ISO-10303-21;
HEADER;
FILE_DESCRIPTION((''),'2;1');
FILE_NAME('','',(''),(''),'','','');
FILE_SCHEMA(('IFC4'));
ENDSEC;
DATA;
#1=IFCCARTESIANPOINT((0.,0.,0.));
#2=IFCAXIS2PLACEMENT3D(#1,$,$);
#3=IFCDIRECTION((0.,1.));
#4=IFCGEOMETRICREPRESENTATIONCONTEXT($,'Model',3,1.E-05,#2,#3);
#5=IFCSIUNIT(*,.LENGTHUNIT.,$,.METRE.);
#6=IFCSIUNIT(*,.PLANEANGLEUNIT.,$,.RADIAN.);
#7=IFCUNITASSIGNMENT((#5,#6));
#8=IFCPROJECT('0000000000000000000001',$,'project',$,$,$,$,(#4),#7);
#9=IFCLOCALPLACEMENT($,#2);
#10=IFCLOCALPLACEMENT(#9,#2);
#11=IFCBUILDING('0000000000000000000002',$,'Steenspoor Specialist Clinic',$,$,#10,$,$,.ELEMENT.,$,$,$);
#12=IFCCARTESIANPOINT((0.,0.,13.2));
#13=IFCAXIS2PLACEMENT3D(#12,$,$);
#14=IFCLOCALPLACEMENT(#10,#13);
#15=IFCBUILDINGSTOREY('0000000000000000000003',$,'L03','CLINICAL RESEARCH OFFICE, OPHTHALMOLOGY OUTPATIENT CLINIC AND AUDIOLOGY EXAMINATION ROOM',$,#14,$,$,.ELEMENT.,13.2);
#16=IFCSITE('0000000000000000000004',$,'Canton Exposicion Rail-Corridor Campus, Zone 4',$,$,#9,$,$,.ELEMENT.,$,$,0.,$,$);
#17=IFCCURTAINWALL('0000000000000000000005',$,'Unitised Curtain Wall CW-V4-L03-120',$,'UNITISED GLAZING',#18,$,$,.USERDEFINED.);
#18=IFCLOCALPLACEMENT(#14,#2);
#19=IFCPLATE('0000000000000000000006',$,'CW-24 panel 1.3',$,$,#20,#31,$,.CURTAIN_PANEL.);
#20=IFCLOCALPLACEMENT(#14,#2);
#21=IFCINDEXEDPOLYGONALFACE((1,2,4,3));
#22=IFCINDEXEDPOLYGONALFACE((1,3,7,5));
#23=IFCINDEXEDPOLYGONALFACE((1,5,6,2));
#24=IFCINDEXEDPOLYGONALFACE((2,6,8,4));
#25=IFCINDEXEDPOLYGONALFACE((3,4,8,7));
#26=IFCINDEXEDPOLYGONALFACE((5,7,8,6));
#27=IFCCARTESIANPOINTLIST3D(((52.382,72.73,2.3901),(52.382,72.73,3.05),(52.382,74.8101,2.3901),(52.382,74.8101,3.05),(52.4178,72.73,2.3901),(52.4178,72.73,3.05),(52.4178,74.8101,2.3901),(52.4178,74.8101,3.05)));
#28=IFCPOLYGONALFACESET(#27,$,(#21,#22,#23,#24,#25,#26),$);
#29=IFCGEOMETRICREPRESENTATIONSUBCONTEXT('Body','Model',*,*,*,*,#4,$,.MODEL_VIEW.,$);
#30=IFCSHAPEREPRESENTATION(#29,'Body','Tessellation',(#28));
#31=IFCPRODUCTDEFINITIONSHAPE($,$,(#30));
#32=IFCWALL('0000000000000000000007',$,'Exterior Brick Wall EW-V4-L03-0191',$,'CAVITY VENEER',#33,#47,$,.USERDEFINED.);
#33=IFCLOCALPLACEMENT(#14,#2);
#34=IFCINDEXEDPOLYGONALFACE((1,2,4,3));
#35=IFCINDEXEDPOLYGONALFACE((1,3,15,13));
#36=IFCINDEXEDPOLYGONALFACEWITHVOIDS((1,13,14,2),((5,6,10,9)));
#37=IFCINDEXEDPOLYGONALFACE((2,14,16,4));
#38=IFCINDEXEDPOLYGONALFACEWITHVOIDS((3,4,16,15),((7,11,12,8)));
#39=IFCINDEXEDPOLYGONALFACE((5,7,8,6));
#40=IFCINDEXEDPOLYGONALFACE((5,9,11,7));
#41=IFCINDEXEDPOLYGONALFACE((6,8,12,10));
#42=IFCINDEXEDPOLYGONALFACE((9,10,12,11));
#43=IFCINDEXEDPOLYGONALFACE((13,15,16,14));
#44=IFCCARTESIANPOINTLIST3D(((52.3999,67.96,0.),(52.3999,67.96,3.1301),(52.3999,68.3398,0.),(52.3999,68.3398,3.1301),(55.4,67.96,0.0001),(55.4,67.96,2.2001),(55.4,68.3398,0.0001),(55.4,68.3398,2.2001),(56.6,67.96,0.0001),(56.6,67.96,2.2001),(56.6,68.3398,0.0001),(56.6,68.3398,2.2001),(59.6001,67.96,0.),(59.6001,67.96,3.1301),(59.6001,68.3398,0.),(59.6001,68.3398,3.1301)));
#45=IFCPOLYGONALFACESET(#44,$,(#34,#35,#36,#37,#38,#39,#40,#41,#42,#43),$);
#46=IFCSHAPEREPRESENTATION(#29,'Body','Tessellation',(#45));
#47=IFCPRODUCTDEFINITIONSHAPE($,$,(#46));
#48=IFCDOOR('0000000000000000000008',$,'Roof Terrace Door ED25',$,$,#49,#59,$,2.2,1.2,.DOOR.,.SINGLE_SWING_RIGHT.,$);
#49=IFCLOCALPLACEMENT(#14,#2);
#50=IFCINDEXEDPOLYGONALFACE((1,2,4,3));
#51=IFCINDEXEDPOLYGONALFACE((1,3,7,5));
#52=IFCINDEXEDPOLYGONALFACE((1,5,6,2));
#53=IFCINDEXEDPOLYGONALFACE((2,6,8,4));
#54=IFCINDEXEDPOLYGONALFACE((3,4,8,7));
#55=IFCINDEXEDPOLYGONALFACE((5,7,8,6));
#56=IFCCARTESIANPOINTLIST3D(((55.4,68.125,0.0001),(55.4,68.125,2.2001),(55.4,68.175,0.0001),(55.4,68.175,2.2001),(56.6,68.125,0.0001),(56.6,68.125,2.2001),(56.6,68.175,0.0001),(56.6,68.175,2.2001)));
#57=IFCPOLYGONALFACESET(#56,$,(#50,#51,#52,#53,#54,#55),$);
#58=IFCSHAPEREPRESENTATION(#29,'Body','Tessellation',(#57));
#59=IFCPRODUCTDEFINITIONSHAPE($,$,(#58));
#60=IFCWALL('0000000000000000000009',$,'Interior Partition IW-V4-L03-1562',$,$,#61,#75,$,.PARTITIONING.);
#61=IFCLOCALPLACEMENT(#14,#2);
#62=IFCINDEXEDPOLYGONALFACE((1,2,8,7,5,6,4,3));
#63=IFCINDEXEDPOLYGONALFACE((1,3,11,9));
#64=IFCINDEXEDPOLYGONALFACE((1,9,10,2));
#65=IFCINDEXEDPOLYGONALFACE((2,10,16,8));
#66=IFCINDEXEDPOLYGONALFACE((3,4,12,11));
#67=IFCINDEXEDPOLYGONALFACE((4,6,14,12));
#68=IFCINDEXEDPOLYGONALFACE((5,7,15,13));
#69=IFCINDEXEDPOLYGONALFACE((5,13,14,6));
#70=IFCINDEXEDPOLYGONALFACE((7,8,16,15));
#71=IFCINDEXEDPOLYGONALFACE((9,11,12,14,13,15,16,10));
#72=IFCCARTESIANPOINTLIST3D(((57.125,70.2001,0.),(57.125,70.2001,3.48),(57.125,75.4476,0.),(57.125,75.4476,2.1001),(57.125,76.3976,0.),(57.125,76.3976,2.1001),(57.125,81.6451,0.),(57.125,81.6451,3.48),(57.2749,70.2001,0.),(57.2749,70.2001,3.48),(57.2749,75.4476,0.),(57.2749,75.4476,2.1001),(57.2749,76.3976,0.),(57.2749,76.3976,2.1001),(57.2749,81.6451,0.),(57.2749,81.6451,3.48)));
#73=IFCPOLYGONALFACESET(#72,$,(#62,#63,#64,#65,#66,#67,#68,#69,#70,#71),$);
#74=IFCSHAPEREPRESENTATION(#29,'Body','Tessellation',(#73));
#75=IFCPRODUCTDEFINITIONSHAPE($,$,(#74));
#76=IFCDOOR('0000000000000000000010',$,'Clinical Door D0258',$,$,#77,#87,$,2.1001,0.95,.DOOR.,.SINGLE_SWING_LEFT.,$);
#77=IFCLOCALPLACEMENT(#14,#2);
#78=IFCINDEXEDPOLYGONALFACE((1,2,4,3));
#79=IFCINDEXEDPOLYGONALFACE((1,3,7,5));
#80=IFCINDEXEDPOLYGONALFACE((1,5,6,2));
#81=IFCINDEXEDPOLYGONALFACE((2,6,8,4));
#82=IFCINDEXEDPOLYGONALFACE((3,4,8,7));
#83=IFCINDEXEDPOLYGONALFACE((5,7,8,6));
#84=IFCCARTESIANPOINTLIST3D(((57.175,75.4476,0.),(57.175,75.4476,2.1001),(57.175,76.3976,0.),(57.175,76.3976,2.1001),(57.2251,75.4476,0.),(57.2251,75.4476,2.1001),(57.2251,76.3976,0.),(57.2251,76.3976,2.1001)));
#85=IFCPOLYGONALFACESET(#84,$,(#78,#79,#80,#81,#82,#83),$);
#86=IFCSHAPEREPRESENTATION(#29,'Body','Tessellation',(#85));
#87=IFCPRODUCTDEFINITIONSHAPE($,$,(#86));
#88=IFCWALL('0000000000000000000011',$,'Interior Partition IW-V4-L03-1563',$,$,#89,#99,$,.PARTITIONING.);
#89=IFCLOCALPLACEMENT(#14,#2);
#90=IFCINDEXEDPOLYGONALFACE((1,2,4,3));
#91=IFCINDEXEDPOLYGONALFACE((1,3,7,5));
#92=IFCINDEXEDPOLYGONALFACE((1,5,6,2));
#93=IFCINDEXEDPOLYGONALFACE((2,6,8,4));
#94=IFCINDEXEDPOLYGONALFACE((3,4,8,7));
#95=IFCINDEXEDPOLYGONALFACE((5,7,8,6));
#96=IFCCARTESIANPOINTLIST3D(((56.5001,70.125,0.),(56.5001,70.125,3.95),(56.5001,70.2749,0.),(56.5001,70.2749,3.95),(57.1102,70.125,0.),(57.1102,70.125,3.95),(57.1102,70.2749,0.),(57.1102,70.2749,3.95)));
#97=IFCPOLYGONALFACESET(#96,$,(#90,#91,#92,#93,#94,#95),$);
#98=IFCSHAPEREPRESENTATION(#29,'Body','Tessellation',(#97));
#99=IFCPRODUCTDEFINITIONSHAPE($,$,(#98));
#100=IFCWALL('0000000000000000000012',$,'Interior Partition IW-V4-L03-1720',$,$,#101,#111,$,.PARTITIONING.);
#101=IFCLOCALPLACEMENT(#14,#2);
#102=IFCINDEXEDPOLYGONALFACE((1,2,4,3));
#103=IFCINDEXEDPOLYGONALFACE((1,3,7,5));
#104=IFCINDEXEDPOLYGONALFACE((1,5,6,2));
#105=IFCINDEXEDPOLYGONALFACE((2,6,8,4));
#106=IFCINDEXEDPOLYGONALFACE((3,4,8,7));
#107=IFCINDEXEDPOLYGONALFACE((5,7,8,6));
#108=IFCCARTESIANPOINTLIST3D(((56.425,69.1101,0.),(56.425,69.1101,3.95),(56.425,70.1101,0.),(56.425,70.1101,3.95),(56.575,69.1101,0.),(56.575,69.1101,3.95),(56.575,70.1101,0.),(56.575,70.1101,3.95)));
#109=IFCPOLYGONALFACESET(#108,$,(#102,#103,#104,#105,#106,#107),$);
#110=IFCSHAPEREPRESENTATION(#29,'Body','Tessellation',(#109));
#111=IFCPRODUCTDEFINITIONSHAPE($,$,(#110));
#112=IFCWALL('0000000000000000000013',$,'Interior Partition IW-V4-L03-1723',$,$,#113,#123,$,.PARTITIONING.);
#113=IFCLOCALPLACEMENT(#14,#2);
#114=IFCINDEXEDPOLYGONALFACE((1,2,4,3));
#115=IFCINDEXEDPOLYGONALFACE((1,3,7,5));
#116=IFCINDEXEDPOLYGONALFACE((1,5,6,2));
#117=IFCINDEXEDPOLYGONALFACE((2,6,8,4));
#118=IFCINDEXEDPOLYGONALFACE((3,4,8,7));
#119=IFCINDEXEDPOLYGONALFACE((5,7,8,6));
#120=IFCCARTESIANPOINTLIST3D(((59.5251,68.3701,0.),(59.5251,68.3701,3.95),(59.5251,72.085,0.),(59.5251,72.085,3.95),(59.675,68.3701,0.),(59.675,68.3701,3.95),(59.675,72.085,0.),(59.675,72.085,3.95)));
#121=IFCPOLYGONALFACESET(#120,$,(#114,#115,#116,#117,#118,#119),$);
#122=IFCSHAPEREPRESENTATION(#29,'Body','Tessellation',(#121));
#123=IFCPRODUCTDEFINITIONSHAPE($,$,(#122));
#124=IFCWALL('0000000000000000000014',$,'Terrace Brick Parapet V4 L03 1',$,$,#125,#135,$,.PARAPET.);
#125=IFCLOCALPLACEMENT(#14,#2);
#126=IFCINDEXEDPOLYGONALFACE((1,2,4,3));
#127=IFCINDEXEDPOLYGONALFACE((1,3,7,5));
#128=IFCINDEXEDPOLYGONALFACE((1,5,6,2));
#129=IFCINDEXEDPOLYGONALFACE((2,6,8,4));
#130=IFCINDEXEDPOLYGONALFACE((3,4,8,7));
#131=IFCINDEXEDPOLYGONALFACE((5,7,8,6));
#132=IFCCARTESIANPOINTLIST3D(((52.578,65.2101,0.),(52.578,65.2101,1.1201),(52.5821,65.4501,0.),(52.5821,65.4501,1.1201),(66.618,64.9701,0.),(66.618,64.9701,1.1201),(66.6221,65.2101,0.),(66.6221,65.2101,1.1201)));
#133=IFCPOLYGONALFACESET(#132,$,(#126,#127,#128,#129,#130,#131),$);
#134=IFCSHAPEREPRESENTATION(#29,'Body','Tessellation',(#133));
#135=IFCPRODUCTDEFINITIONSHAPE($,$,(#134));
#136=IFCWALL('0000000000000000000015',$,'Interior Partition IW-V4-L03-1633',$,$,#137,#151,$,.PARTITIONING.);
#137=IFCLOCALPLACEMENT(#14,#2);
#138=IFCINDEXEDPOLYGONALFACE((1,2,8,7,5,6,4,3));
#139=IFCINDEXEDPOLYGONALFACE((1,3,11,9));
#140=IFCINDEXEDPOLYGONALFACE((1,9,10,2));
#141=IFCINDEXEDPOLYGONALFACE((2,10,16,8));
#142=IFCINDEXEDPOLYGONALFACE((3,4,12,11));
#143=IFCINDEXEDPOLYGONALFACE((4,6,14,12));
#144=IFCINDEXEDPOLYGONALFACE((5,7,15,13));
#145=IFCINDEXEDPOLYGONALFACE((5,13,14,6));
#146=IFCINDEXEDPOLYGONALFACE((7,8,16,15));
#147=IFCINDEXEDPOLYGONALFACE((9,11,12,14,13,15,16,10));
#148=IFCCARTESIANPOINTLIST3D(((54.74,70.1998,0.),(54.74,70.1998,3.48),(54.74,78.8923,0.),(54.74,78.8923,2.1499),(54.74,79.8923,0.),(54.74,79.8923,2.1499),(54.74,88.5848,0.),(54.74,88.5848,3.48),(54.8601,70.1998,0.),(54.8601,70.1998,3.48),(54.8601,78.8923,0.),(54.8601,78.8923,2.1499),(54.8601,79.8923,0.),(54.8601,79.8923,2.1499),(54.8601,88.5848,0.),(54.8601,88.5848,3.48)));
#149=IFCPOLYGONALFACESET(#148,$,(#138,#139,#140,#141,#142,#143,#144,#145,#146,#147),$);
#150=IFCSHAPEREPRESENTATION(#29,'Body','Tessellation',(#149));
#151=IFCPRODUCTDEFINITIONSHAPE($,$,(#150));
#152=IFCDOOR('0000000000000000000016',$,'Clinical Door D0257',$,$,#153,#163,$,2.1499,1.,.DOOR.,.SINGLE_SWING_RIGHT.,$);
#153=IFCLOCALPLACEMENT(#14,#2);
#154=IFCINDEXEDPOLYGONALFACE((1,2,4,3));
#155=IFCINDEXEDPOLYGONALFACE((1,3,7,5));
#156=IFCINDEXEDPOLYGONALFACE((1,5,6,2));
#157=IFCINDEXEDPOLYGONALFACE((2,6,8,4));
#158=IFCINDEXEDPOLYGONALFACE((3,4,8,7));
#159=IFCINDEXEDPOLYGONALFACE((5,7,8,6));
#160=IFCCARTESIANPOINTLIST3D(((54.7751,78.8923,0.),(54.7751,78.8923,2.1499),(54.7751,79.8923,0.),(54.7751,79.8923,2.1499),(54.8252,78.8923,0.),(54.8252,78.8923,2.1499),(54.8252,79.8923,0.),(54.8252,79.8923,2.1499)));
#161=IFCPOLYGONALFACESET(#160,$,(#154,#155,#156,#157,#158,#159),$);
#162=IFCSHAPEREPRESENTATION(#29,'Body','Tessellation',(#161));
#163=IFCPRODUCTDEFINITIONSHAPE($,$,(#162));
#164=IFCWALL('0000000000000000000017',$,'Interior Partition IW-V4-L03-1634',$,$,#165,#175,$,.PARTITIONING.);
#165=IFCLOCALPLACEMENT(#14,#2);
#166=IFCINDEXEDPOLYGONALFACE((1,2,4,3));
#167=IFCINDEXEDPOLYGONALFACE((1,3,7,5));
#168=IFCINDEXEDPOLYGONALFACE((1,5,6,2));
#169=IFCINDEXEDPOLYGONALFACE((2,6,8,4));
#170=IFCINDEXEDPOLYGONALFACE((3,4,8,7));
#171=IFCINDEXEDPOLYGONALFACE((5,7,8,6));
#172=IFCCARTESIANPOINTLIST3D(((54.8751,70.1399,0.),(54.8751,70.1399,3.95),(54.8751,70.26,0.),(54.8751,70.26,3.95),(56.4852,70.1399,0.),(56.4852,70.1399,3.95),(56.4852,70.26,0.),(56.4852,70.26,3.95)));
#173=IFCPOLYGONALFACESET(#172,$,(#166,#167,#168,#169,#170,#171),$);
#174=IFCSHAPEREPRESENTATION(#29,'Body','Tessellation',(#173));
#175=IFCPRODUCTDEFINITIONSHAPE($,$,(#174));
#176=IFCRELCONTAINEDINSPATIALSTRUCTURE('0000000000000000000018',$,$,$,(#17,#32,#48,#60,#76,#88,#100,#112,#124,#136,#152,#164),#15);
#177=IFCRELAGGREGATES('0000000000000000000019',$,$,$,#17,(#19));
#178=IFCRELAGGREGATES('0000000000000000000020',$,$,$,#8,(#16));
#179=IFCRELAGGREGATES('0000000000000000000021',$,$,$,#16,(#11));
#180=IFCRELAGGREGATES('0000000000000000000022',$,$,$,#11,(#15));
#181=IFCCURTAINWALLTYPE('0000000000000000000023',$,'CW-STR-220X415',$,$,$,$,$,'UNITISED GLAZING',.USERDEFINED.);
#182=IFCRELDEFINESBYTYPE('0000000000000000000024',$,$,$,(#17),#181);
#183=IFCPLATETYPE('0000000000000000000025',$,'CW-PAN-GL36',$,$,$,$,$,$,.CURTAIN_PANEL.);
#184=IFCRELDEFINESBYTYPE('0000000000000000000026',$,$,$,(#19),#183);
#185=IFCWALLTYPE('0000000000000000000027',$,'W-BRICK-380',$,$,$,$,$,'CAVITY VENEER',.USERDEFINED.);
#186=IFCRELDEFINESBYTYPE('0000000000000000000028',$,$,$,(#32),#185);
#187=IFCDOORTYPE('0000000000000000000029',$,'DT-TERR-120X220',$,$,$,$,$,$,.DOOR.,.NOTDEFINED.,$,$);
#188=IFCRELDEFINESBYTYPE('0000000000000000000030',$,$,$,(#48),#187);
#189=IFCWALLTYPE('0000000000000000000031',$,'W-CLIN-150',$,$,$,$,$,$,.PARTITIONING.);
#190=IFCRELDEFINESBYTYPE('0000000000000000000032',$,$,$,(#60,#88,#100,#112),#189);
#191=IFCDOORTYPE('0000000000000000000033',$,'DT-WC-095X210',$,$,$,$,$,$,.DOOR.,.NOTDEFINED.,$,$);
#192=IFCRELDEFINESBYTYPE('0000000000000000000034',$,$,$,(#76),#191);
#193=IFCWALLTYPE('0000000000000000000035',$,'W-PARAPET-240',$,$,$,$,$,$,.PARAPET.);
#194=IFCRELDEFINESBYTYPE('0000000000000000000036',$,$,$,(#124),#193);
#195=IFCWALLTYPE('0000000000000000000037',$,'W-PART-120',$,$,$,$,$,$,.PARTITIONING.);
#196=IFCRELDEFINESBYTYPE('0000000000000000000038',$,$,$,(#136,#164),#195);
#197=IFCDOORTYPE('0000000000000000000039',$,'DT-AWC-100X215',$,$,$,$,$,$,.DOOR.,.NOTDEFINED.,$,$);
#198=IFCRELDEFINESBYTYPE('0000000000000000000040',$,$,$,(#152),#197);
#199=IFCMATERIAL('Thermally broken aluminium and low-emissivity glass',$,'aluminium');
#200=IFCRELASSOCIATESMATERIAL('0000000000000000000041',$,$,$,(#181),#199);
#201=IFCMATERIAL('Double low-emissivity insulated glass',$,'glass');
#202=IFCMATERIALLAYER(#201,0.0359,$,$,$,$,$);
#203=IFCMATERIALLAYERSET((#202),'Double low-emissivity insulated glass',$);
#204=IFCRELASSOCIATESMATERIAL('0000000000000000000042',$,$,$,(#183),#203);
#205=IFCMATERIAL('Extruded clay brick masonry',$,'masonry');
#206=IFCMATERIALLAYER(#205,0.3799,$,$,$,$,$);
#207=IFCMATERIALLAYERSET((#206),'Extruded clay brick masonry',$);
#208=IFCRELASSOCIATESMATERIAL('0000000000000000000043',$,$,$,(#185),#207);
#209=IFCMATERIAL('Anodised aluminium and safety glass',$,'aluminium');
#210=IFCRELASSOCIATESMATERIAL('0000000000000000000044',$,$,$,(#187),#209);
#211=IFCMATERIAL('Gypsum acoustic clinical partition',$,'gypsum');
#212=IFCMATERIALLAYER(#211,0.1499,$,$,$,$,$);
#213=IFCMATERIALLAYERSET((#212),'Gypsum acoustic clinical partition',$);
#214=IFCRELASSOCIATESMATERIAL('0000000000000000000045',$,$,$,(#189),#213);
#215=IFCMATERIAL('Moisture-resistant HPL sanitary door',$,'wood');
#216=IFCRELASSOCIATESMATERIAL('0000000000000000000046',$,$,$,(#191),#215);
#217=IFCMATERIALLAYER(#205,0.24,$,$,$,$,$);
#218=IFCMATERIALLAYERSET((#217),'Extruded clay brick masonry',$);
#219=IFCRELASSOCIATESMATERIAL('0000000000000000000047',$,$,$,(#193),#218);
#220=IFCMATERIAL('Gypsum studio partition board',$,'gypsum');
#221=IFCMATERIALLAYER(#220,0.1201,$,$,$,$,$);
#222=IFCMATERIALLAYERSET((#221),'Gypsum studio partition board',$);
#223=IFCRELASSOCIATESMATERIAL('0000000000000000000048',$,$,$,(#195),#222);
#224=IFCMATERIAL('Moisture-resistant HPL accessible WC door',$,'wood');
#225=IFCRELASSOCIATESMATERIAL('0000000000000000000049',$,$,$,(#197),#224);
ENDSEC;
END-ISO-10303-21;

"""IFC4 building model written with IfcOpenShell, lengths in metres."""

from ifc_helpers import new_model, si_unit, direction, frame, frame_2d, origin, origin_2d, place, context, subcontext, project, spatial, rectangle, extrude, material, layer, layer_set, type_object, element, fill, aggregate, save


model = new_model("IFC4")

# Units and contexts
model_context = context("Model", 3, precision=1e-05, world=origin(), true_north=direction((0.0, 1.0)))
body_context = subcontext(model_context, "Body", "Model", "MODEL_VIEW")
ifc_project = project(units=[si_unit("LENGTHUNIT", "METRE"), si_unit("PLANEANGLEUNIT", "RADIAN")], contexts=[model_context])

# Site, building, storey
site_placement = place(None, origin())
site = spatial("IfcSite", under=ifc_project, at=site_placement, Name="Canton Exposicion Rail-Corridor Campus, Zone 4", CompositionType="ELEMENT", RefElevation=0.0)
building_placement = place(site_placement, origin())
building = spatial("IfcBuilding", under=site, at=building_placement, Name="Steenspoor Specialist Clinic", CompositionType="ELEMENT")
storey_placement = place(building_placement, frame((0.0, 0.0, 13.2)))
storey = spatial("IfcBuildingStorey", under=building, at=storey_placement, Name="L03", Description="CLINICAL RESEARCH OFFICE, OPHTHALMOLOGY OUTPATIENT CLINIC AND AUDIOLOGY EXAMINATION ROOM", CompositionType="ELEMENT", Elevation=13.2)

# Curtain wall
ifc_material_1 = material(Name="Thermally broken aluminium and low-emissivity glass", Category="aluminium")
curtain_wall_type = type_object("IfcCurtainWallType", Name="CW-STR-220X415", ElementType="UNITISED GLAZING", PredefinedType="USERDEFINED", material=ifc_material_1)
curtain_wall_placement = place(storey_placement, origin())
curtain_wall = element("IfcCurtainWall", 1, at=curtain_wall_placement, inside=storey, type_object=curtain_wall_type, Name="Unitised Curtain Wall CW-V4-L03-120", ObjectType="UNITISED GLAZING", PredefinedType="USERDEFINED")

# Plate
ifc_material_2 = material(Name="Double low-emissivity insulated glass", Category="glass")
ifc_layer_1 = layer(ifc_material_2, 0.0359)
ifc_layer_set_1 = layer_set([ifc_layer_1], Name="Double low-emissivity insulated glass")
plate_type = type_object("IfcPlateType", Name="CW-PAN-GL36", PredefinedType="CURTAIN_PANEL", material=ifc_layer_set_1)
plate_1_placement = place(storey_placement, frame((52.3999, 73.77, 2.3901), z_axis=(0.0, 0.0, 1.0), x_axis=(0.0, 1.0, 0.0)))
plate_1 = element("IfcPlate", 2, at=plate_1_placement, type_object=plate_type, Name="CW-24 panel 1.3", PredefinedType="CURTAIN_PANEL", context=body_context, shape_type="SweptSolid", body=[
    extrude(rectangle(XDim=2.0801, YDim=0.0359, at=origin_2d()), origin(), (0.0, 0.0, 1.0), 0.6599),
])
aggregate(curtain_wall, [plate_1])

# Walls, openings, doors
ifc_material_3 = material(Name="Extruded clay brick masonry", Category="masonry")
ifc_layer_2 = layer(ifc_material_3, 0.3799)
ifc_layer_set_2 = layer_set([ifc_layer_2], Name="Extruded clay brick masonry")
wall_type_1 = type_object("IfcWallType", Name="W-BRICK-380", ElementType="CAVITY VENEER", PredefinedType="USERDEFINED", material=ifc_layer_set_2)
wall_1_placement = place(storey_placement, frame((59.6001, 68.1499, 0.0), z_axis=(0.0, 0.0, 1.0), x_axis=(-1.0, 0.0, 0.0)))
wall_1 = element("IfcWall", 3, at=wall_1_placement, inside=storey, type_object=wall_type_1, Name="Exterior Brick Wall EW-V4-L03-0191", ObjectType="CAVITY VENEER", PredefinedType="USERDEFINED", context=body_context, shape_type="SweptSolid", body=[
    extrude(rectangle(XDim=7.2002, YDim=0.3799, at=frame_2d((3.6001, 0.0))), origin(), (0.0, 0.0, 1.0), 3.1301),
])
opening_1_placement = place(wall_1_placement, frame((3.0, 0.0, 0.0)))
opening_1 = element("IfcOpeningElement", 4, at=opening_1_placement, cuts=wall_1, PredefinedType="OPENING", context=body_context, shape_type="SweptSolid", body=[
    extrude(rectangle(XDim=1.2, YDim=2.2, at=frame_2d((0.6001, 1.1001))), frame((0.0, 0.2, 0.0), z_axis=(0.0, -1.0, 0.0), x_axis=(1.0, 0.0, 0.0)), (0.0, 0.0, 1.0), 0.3999),
])
ifc_material_4 = material(Name="Anodised aluminium and safety glass", Category="aluminium")
door_type_1 = type_object("IfcDoorType", Name="DT-TERR-120X220", OperationType="NOTDEFINED", PredefinedType="DOOR", material=ifc_material_4)
door_1_placement = place(opening_1_placement, origin())
door_1 = element("IfcDoor", 5, at=door_1_placement, inside=storey, type_object=door_type_1, Name="Roof Terrace Door ED25", OperationType="SINGLE_SWING_RIGHT", OverallHeight=2.2, OverallWidth=1.2, PredefinedType="DOOR", context=body_context, shape_type="SweptSolid", body=[
    extrude(rectangle(XDim=1.2, YDim=2.2, at=frame_2d((0.6001, 1.1001))), frame((0.0, 0.0249, 0.0), z_axis=(0.0, -1.0, 0.0), x_axis=(1.0, 0.0, 0.0)), (0.0, 0.0, 1.0), 0.05),
])
fill(opening_1, door_1)
ifc_material_5 = material(Name="Gypsum acoustic clinical partition", Category="gypsum")
ifc_layer_3 = layer(ifc_material_5, 0.1499)
ifc_layer_set_3 = layer_set([ifc_layer_3], Name="Gypsum acoustic clinical partition")
wall_type_2 = type_object("IfcWallType", Name="W-CLIN-150", PredefinedType="PARTITIONING", material=ifc_layer_set_3)
wall_2_placement = place(storey_placement, frame((57.2, 70.2, 0.0), z_axis=(0.0, 0.0, 1.0), x_axis=(0.0, 1.0, 0.0)))
wall_2 = element("IfcWall", 6, at=wall_2_placement, inside=storey, type_object=wall_type_2, Name="Interior Partition IW-V4-L03-1562", PredefinedType="PARTITIONING", context=body_context, shape_type="SweptSolid", body=[
    extrude(rectangle(XDim=11.4451, YDim=0.1499, at=frame_2d((5.7227, 0.0))), origin(), (0.0, 0.0, 1.0), 3.48),
])
opening_2_placement = place(wall_2_placement, frame((5.2476, 0.0, 0.0)))
opening_2 = element("IfcOpeningElement", 7, at=opening_2_placement, cuts=wall_2, PredefinedType="OPENING", context=body_context, shape_type="SweptSolid", body=[
    extrude(rectangle(XDim=0.95, YDim=2.1001, at=frame_2d((0.4751, 1.05))), frame((0.0, 0.085, 0.0), z_axis=(0.0, -1.0, 0.0), x_axis=(1.0, 0.0, 0.0)), (0.0, 0.0, 1.0), 0.1699),
])
ifc_material_6 = material(Name="Moisture-resistant HPL sanitary door", Category="wood")
door_type_2 = type_object("IfcDoorType", Name="DT-WC-095X210", OperationType="NOTDEFINED", PredefinedType="DOOR", material=ifc_material_6)
door_2_placement = place(opening_2_placement, origin())
door_2 = element("IfcDoor", 8, at=door_2_placement, inside=storey, type_object=door_type_2, Name="Clinical Door D0258", OperationType="SINGLE_SWING_LEFT", OverallHeight=2.1001, OverallWidth=0.95, PredefinedType="DOOR", context=body_context, shape_type="SweptSolid", body=[
    extrude(rectangle(XDim=0.95, YDim=2.1001, at=frame_2d((0.4751, 1.05))), frame((0.0, 0.0249, 0.0), z_axis=(0.0, -1.0, 0.0), x_axis=(1.0, 0.0, 0.0)), (0.0, 0.0, 1.0), 0.05),
])
fill(opening_2, door_2)

# Walls
wall_3_placement = place(storey_placement, frame((56.5, 70.2, 0.0), z_axis=(0.0, 0.0, 1.0), x_axis=(1.0, 0.0, 0.0)))
element("IfcWall", 9, at=wall_3_placement, inside=storey, type_object=wall_type_2, Name="Interior Partition IW-V4-L03-1563", PredefinedType="PARTITIONING", context=body_context, shape_type="SweptSolid", body=[
    extrude(rectangle(XDim=0.6101, YDim=0.1499, at=frame_2d((0.3052, 0.0))), origin(), (0.0, 0.0, 1.0), 3.95),
])
wall_4_placement = place(storey_placement, frame((56.5, 69.1101, 0.0), z_axis=(0.0, 0.0, 1.0), x_axis=(0.0, 1.0, 0.0)))
element("IfcWall", 10, at=wall_4_placement, inside=storey, type_object=wall_type_2, Name="Interior Partition IW-V4-L03-1720", PredefinedType="PARTITIONING", context=body_context, shape_type="SweptSolid", body=[
    extrude(rectangle(XDim=1.0, YDim=0.1499, at=frame_2d((0.5, 0.0))), origin(), (0.0, 0.0, 1.0), 3.95),
])
wall_5_placement = place(storey_placement, frame((59.6001, 68.3701, 0.0), z_axis=(0.0, 0.0, 1.0), x_axis=(0.0, 1.0, 0.0)))
element("IfcWall", 11, at=wall_5_placement, inside=storey, type_object=wall_type_2, Name="Interior Partition IW-V4-L03-1723", PredefinedType="PARTITIONING", context=body_context, shape_type="SweptSolid", body=[
    extrude(rectangle(XDim=3.7148, YDim=0.1499, at=frame_2d((1.8574, 0.0))), origin(), (0.0, 0.0, 1.0), 3.95),
])
ifc_layer_4 = layer(ifc_material_3, 0.24)
ifc_layer_set_4 = layer_set([ifc_layer_4], Name="Extruded clay brick masonry")
wall_type_3 = type_object("IfcWallType", Name="W-PARAPET-240", PredefinedType="PARAPET", material=ifc_layer_set_4)
wall_6_placement = place(storey_placement, frame((52.5801, 65.3301, 0.0), z_axis=(0.0, 0.0, 1.0), x_axis=(0.999854, -0.017091, 0.0)))
element("IfcWall", 12, at=wall_6_placement, inside=storey, type_object=wall_type_3, Name="Terrace Brick Parapet V4 L03 1", PredefinedType="PARAPET", context=body_context, shape_type="SweptSolid", body=[
    extrude(rectangle(XDim=14.042, YDim=0.24, at=frame_2d((7.021, 0.0))), origin(), (0.0, 0.0, 1.0), 1.1201),
])

# Wall, opening, door
ifc_material_7 = material(Name="Gypsum studio partition board", Category="gypsum")
ifc_layer_5 = layer(ifc_material_7, 0.1201)
ifc_layer_set_5 = layer_set([ifc_layer_5], Name="Gypsum studio partition board")
wall_type_4 = type_object("IfcWallType", Name="W-PART-120", PredefinedType="PARTITIONING", material=ifc_layer_set_5)
wall_7_placement = place(storey_placement, frame((54.8, 70.2, 0.0), z_axis=(0.0, 0.0, 1.0), x_axis=(0.0, 1.0, 0.0)))
wall_7 = element("IfcWall", 13, at=wall_7_placement, inside=storey, type_object=wall_type_4, Name="Interior Partition IW-V4-L03-1633", PredefinedType="PARTITIONING", context=body_context, shape_type="SweptSolid", body=[
    extrude(rectangle(XDim=18.385, YDim=0.1201, at=frame_2d((9.1924, 0.0))), origin(), (0.0, 0.0, 1.0), 3.48),
])
opening_3_placement = place(wall_7_placement, frame((8.6924, 0.0, 0.0)))
opening_3 = element("IfcOpeningElement", 14, at=opening_3_placement, cuts=wall_7, PredefinedType="OPENING", context=body_context, shape_type="SweptSolid", body=[
    extrude(rectangle(XDim=1.0, YDim=2.1499, at=frame_2d((0.5, 1.075))), frame((0.0, 0.0701, 0.0), z_axis=(0.0, -1.0, 0.0), x_axis=(1.0, 0.0, 0.0)), (0.0, 0.0, 1.0), 0.1401),
])
ifc_material_8 = material(Name="Moisture-resistant HPL accessible WC door", Category="wood")
door_type_3 = type_object("IfcDoorType", Name="DT-AWC-100X215", OperationType="NOTDEFINED", PredefinedType="DOOR", material=ifc_material_8)
door_3_placement = place(opening_3_placement, origin())
door_3 = element("IfcDoor", 15, at=door_3_placement, inside=storey, type_object=door_type_3, Name="Clinical Door D0257", OperationType="SINGLE_SWING_RIGHT", OverallHeight=2.1499, OverallWidth=1.0, PredefinedType="DOOR", context=body_context, shape_type="SweptSolid", body=[
    extrude(rectangle(XDim=1.0, YDim=2.1499, at=frame_2d((0.5, 1.075))), frame((0.0, 0.0249, 0.0), z_axis=(0.0, -1.0, 0.0), x_axis=(1.0, 0.0, 0.0)), (0.0, 0.0, 1.0), 0.05),
])
fill(opening_3, door_3)

# Wall
wall_8_placement = place(storey_placement, frame((54.875, 70.2, 0.0), z_axis=(0.0, 0.0, 1.0), x_axis=(1.0, 0.0, 0.0)))
element("IfcWall", 16, at=wall_8_placement, inside=storey, type_object=wall_type_4, Name="Interior Partition IW-V4-L03-1634", PredefinedType="PARTITIONING", context=body_context, shape_type="SweptSolid", body=[
    extrude(rectangle(XDim=1.6101, YDim=0.1201, at=frame_2d((0.8052, 0.0))), origin(), (0.0, 0.0, 1.0), 3.95),
])

save(model, "model.ifc")
